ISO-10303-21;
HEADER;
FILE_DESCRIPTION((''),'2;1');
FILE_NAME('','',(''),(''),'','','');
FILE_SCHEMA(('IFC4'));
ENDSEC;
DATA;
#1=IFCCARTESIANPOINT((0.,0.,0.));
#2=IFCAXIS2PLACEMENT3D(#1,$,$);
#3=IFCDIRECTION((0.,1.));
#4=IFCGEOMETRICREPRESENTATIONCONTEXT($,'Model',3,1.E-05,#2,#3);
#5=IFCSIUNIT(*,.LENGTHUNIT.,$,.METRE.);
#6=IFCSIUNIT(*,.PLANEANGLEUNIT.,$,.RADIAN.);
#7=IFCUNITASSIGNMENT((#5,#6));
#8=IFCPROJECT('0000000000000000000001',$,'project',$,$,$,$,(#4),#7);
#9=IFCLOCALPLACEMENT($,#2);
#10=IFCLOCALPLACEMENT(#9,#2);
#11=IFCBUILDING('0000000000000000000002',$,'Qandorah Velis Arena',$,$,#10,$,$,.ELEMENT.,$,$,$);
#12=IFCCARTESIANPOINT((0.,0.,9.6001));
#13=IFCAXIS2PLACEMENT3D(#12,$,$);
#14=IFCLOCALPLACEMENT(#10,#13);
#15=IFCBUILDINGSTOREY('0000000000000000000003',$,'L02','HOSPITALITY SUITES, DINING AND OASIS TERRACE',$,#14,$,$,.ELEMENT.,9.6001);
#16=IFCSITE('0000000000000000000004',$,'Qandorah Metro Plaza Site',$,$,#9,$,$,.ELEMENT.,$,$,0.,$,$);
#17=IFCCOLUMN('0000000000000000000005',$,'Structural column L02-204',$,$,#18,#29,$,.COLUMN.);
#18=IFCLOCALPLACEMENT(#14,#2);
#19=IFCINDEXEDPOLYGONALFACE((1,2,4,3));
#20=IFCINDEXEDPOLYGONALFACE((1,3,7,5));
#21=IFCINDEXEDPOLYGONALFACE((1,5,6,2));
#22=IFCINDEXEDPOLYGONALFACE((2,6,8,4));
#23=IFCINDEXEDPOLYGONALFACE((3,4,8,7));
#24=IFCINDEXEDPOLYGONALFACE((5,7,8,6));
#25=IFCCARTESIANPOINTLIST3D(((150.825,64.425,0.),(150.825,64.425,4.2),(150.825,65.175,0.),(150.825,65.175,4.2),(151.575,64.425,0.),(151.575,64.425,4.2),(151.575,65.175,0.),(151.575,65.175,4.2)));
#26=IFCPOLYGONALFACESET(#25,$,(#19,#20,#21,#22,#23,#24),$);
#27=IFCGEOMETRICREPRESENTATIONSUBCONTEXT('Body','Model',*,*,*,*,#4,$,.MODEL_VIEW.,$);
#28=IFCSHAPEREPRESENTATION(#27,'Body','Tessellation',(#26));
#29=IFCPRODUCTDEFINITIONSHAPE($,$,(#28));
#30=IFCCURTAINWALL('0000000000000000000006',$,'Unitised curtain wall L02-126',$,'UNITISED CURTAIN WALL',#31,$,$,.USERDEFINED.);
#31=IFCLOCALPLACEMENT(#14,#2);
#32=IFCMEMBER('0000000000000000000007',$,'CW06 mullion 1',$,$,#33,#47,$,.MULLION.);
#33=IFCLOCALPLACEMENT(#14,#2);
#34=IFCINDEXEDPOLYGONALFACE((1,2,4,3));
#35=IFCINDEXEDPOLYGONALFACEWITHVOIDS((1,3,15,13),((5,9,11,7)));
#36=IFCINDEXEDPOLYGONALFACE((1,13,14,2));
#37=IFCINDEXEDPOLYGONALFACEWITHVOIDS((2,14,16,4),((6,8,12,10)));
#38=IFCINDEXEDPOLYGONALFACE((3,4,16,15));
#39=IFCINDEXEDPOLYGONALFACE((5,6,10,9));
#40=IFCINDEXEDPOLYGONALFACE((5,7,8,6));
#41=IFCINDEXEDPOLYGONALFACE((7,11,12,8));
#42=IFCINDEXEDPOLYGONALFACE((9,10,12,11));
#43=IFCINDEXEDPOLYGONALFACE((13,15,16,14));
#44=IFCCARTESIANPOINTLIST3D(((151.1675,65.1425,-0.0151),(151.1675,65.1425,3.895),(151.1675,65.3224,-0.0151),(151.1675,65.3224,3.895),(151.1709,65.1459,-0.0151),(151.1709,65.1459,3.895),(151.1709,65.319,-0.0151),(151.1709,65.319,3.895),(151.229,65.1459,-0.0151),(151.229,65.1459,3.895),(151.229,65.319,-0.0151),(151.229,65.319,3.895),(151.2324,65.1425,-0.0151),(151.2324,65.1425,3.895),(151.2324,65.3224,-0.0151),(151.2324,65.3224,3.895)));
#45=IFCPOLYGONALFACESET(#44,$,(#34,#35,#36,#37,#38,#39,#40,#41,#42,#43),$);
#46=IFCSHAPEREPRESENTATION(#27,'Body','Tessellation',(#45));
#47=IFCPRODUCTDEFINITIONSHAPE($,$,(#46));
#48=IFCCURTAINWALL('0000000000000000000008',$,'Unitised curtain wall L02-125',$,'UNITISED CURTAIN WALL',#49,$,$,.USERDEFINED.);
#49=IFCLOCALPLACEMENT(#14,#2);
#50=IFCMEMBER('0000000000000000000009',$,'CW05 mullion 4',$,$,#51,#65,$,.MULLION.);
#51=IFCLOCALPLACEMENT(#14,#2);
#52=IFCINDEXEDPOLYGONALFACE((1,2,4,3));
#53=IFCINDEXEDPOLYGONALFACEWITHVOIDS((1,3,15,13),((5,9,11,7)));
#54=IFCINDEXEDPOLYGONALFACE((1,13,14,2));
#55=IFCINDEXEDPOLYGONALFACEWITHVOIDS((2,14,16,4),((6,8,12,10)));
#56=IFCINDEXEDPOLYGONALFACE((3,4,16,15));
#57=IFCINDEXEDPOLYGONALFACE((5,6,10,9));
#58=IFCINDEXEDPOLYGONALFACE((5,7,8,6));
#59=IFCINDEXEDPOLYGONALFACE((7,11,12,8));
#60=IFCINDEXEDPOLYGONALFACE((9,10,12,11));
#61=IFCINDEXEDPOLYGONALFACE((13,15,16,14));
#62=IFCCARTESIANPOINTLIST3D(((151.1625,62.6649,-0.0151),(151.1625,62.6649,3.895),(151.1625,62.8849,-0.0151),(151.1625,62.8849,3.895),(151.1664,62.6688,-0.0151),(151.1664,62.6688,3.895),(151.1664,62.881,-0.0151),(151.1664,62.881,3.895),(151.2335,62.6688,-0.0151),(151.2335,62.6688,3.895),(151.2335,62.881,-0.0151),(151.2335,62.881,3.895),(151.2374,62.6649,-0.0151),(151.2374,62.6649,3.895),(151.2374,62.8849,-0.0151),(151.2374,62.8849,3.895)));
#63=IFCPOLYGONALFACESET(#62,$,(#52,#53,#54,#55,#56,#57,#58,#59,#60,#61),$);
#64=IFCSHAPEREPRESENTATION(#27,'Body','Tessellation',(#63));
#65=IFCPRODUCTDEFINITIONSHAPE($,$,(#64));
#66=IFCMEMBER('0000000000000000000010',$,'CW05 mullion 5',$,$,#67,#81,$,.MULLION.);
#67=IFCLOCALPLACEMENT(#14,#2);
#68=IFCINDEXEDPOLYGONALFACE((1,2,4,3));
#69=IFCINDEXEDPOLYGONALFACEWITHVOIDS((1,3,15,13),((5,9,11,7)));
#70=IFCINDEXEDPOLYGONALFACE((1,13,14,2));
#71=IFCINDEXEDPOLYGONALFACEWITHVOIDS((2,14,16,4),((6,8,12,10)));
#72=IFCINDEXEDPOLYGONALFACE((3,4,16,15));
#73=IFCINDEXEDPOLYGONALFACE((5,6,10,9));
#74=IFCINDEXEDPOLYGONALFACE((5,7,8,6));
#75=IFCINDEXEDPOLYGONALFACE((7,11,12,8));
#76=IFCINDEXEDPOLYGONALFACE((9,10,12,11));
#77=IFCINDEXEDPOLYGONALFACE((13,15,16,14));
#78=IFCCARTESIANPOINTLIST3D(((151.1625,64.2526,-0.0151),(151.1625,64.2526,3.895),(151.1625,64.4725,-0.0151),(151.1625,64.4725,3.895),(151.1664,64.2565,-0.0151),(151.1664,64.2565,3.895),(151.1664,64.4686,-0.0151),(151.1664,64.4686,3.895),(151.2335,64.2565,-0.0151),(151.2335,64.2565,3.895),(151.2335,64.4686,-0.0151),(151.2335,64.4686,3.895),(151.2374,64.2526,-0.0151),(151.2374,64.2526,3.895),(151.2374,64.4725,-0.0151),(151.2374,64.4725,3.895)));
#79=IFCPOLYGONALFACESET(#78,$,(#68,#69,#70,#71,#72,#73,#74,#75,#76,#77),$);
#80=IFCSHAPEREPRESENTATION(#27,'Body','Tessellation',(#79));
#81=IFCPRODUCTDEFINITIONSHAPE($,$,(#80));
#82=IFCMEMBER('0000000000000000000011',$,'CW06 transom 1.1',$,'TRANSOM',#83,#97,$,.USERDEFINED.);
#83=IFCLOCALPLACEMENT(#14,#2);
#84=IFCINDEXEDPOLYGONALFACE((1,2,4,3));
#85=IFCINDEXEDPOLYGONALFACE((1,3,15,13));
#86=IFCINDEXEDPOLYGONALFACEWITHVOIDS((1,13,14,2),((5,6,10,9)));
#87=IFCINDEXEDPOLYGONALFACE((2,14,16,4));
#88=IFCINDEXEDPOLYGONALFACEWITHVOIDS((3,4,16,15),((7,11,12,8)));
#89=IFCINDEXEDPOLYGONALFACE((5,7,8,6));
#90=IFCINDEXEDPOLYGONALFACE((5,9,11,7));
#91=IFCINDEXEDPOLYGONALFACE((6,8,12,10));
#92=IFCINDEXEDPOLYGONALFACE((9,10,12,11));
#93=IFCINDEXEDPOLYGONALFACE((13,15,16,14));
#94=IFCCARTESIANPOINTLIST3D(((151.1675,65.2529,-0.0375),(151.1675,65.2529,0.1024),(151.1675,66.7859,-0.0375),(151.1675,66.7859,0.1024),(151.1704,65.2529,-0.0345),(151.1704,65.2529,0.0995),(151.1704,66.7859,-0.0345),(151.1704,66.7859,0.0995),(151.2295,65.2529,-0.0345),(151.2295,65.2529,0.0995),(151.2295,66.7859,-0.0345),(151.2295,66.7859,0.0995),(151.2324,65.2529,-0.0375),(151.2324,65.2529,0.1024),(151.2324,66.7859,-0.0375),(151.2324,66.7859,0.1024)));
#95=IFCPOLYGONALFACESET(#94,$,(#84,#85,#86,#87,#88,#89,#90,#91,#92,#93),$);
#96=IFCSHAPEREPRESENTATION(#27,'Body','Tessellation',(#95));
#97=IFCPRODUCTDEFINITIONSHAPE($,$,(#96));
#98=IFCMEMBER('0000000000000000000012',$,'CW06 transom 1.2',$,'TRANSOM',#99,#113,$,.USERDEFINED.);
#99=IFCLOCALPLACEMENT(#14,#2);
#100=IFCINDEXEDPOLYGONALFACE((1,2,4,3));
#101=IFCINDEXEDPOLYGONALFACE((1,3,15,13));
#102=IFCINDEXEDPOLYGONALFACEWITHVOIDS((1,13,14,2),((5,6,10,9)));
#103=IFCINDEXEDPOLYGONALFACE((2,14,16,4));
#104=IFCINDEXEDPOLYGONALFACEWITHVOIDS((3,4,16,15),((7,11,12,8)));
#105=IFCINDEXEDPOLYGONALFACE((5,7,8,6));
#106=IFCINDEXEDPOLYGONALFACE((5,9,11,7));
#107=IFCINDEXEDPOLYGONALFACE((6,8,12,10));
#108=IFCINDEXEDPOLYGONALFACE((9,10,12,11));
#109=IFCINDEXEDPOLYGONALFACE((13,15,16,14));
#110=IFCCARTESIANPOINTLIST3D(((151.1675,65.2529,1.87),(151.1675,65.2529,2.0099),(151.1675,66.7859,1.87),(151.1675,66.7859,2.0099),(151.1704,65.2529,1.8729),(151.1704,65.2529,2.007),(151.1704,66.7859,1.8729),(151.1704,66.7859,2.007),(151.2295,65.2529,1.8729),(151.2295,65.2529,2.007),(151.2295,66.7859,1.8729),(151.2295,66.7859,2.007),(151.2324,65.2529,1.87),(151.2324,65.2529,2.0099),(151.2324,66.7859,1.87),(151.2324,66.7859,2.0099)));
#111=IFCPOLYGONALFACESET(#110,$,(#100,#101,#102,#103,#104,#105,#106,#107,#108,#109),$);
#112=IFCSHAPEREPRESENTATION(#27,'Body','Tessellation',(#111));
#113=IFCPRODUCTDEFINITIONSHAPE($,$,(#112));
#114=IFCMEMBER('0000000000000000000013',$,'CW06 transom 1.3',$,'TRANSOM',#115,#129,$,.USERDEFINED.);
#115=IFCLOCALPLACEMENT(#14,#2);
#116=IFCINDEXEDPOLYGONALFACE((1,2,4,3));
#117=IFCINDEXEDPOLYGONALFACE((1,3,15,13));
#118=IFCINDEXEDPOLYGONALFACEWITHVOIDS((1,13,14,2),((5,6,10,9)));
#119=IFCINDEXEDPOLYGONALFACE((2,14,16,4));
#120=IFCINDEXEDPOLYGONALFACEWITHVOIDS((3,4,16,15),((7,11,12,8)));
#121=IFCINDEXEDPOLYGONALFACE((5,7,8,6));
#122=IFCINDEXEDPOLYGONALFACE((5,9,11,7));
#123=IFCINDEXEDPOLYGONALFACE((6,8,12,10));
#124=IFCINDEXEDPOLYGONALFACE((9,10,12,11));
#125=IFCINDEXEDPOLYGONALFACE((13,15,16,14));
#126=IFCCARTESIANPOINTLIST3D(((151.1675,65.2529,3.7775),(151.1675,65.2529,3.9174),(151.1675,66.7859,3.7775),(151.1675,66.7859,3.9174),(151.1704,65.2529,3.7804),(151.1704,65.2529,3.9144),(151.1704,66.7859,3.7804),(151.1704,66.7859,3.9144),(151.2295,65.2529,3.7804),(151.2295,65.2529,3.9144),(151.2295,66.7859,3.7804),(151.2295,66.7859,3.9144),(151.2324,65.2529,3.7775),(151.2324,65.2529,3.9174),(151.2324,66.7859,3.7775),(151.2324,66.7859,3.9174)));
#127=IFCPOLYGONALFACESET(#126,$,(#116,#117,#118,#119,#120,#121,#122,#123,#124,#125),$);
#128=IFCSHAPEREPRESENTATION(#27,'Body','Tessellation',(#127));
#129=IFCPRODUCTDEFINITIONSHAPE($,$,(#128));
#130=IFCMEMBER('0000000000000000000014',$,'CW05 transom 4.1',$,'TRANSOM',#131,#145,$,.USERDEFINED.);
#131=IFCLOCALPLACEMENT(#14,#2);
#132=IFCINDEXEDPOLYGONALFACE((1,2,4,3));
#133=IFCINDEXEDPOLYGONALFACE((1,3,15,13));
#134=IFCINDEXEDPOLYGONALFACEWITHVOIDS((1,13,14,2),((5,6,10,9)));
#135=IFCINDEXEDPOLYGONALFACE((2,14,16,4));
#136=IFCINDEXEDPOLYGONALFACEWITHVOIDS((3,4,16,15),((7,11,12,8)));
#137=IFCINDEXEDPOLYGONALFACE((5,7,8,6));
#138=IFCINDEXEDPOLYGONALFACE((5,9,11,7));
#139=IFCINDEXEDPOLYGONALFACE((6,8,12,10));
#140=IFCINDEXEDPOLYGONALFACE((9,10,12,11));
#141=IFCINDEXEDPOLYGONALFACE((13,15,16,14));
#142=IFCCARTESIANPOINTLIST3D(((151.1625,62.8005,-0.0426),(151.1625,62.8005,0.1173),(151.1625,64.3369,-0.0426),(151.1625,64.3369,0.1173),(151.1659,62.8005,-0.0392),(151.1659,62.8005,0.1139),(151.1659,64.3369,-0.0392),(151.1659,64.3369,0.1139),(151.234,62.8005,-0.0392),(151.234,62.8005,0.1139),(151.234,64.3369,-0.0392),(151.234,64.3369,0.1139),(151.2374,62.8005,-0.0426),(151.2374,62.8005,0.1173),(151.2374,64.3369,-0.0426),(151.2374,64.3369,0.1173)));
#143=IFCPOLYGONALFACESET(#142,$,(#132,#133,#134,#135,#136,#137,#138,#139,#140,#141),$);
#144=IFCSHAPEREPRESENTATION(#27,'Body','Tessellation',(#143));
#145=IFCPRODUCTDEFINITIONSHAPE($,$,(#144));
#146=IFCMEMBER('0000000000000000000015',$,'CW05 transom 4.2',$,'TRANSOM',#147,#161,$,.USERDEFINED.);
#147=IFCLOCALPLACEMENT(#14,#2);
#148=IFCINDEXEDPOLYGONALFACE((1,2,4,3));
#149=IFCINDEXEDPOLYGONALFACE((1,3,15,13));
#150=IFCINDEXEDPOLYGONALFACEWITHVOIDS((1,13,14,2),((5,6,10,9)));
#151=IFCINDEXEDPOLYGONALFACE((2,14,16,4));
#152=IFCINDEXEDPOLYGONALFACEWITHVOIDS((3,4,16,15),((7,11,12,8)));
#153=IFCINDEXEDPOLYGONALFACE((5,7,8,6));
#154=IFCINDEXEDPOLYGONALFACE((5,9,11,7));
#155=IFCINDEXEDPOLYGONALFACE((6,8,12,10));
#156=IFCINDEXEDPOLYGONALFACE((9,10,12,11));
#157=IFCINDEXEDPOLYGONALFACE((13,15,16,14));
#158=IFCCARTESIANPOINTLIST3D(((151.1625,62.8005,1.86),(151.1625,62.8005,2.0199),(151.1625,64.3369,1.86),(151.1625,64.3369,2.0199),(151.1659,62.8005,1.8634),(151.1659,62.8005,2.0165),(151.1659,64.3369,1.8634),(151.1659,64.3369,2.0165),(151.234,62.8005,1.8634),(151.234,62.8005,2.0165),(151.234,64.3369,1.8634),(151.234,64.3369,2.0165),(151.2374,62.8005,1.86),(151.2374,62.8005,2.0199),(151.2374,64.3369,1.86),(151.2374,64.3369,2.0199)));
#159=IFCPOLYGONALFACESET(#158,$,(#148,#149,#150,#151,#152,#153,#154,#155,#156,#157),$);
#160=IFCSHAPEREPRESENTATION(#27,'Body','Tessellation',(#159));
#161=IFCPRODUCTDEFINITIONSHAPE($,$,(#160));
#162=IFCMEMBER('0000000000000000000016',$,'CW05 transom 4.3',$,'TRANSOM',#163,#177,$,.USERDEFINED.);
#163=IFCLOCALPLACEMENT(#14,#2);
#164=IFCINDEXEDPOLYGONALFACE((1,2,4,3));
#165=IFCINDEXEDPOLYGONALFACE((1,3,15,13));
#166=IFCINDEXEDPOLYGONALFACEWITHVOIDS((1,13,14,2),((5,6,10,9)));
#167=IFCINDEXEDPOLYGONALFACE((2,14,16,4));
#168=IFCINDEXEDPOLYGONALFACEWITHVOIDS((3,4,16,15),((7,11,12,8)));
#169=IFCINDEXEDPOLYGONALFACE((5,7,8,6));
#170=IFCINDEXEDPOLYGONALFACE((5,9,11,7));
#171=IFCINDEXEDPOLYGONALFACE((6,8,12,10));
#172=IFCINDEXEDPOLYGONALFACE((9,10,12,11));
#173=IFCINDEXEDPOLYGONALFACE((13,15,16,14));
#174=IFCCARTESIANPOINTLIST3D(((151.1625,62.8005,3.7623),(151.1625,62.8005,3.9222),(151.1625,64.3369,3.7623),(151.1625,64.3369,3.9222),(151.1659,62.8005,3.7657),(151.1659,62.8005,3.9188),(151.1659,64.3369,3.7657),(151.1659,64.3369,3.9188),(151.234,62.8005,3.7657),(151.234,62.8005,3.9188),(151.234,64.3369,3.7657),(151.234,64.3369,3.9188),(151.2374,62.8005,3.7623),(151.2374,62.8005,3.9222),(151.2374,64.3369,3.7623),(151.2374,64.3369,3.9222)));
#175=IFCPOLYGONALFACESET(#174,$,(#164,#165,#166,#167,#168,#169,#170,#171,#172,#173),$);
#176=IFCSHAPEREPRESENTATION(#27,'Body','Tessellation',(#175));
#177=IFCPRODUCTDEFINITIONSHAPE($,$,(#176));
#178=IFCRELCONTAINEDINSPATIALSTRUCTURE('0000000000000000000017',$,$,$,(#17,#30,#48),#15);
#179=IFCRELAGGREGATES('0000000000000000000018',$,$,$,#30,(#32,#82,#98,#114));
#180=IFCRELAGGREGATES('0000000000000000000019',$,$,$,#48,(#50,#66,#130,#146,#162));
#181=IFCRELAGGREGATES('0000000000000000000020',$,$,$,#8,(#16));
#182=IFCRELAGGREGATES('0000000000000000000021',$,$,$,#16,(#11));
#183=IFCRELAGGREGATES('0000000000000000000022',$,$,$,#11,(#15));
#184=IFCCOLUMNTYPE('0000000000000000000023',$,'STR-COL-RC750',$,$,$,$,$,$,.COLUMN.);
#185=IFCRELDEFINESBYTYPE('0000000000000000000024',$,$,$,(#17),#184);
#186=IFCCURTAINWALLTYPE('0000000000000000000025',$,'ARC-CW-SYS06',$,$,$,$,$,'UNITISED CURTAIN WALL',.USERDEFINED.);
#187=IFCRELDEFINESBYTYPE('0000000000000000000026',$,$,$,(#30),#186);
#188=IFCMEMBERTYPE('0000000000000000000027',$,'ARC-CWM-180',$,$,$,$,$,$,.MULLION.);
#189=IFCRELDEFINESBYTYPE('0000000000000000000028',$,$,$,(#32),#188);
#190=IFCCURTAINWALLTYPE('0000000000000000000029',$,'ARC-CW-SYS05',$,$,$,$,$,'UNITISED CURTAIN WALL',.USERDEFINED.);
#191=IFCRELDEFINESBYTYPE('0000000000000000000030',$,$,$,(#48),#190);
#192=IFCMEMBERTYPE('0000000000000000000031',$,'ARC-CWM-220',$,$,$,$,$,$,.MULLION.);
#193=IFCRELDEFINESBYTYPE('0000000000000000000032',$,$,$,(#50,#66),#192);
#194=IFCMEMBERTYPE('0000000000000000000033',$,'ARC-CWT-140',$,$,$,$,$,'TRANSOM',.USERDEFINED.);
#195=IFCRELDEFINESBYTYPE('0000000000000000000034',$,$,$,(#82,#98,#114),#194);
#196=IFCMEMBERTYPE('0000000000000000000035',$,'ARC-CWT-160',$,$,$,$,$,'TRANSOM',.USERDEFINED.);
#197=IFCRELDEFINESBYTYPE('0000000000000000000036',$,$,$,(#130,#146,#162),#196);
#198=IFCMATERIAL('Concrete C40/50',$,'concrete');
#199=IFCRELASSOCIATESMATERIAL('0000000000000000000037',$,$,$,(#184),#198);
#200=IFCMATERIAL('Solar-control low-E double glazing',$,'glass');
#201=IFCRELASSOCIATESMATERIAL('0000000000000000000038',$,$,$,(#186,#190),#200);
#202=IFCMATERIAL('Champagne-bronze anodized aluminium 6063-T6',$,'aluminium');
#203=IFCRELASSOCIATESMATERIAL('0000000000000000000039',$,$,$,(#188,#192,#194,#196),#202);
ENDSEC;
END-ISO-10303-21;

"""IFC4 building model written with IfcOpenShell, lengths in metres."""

from ifc_helpers import new_model, si_unit, direction, frame, origin, origin_2d, place, context, subcontext, project, spatial, rectangle, hollow_rectangle, extrude, material, material_profile, profile_set, type_object, element, aggregate, save


model = new_model("IFC4")

# Units and contexts
model_context = context("Model", 3, precision=1e-05, world=origin(), true_north=direction((0.0, 1.0)))
body_context = subcontext(model_context, "Body", "Model", "MODEL_VIEW")
ifc_project = project(units=[si_unit("LENGTHUNIT", "METRE"), si_unit("PLANEANGLEUNIT", "RADIAN")], contexts=[model_context])

# Site, building, storey
site_placement = place(None, origin())
site = spatial("IfcSite", under=ifc_project, at=site_placement, Name="Qandorah Metro Plaza Site", CompositionType="ELEMENT", RefElevation=0.0)
building_placement = place(site_placement, origin())
building = spatial("IfcBuilding", under=site, at=building_placement, Name="Qandorah Velis Arena", CompositionType="ELEMENT")
storey_placement = place(building_placement, frame((0.0, 0.0, 9.6001)))
storey = spatial("IfcBuildingStorey", under=building, at=storey_placement, Name="L02", Description="HOSPITALITY SUITES, DINING AND OASIS TERRACE", CompositionType="ELEMENT", Elevation=9.6001)

# Column
ifc_material_1 = material(Name="Concrete C40/50", Category="concrete")
ifc_material_profile_1 = material_profile(ifc_material_1, rectangle(XDim=0.75, YDim=0.75, at=origin_2d()), Name="RC COL 750x750")
ifc_profile_set_1 = profile_set([ifc_material_profile_1], Name="Concrete C40/50")
column_type = type_object("IfcColumnType", Name="STR-COL-RC750", PredefinedType="COLUMN", material=ifc_profile_set_1)
column_placement = place(storey_placement, frame((151.2, 64.8, 0.0), z_axis=(0.0, 0.0, 1.0), x_axis=(1.0, 0.0, 0.0)))
element("IfcColumn", 1, at=column_placement, inside=storey, type_object=column_type, Name="Structural column L02-204", PredefinedType="COLUMN", context=body_context, shape_type="SweptSolid", body=[
    extrude(rectangle(XDim=0.75, YDim=0.75, at=origin_2d()), origin(), (0.0, 0.0, 1.0), 4.2),
])

# Curtain wall, member
ifc_material_2 = material(Name="Solar-control low-E double glazing", Category="glass")
curtain_wall_type_1 = type_object("IfcCurtainWallType", Name="ARC-CW-SYS06", ElementType="UNITISED CURTAIN WALL", PredefinedType="USERDEFINED", material=ifc_material_2)
curtain_wall_1_placement = place(storey_placement, origin())
curtain_wall_1 = element("IfcCurtainWall", 2, at=curtain_wall_1_placement, inside=storey, type_object=curtain_wall_type_1, Name="Unitised curtain wall L02-126", ObjectType="UNITISED CURTAIN WALL", PredefinedType="USERDEFINED")
ifc_material_3 = material(Name="Champagne-bronze anodized aluminium 6063-T6", Category="aluminium")
ifc_material_profile_2 = material_profile(ifc_material_3, hollow_rectangle(XDim=0.0649, YDim=0.1799, WallThickness=0.0034, at=origin_2d()), Name="ALU MULLION 65x180")
ifc_profile_set_2 = profile_set([ifc_material_profile_2], Name="Champagne-bronze anodized aluminium 6063-T6")
member_type_1 = type_object("IfcMemberType", Name="ARC-CWM-180", PredefinedType="MULLION", material=ifc_profile_set_2)
member_1_placement = place(storey_placement, frame((151.2, 65.2324, -0.0151), z_axis=(0.0, 0.0, 1.0), x_axis=(-1.0, 0.0, 0.0)))
member_1 = element("IfcMember", 3, at=member_1_placement, type_object=member_type_1, Name="CW06 mullion 1", PredefinedType="MULLION", context=body_context, shape_type="SweptSolid", body=[
    extrude(hollow_rectangle(XDim=0.0649, YDim=0.1799, WallThickness=0.0034, at=origin_2d()), origin(), (0.0, 0.0, 1.0), 3.9102),
])

# Curtain wall, members
curtain_wall_type_2 = type_object("IfcCurtainWallType", Name="ARC-CW-SYS05", ElementType="UNITISED CURTAIN WALL", PredefinedType="USERDEFINED", material=ifc_material_2)
curtain_wall_2_placement = place(storey_placement, origin())
curtain_wall_2 = element("IfcCurtainWall", 4, at=curtain_wall_2_placement, inside=storey, type_object=curtain_wall_type_2, Name="Unitised curtain wall L02-125", ObjectType="UNITISED CURTAIN WALL", PredefinedType="USERDEFINED")
ifc_material_profile_3 = material_profile(ifc_material_3, hollow_rectangle(XDim=0.075, YDim=0.22, WallThickness=0.0039, at=origin_2d()), Name="ALU MULLION 75x220")
ifc_profile_set_3 = profile_set([ifc_material_profile_3], Name="Champagne-bronze anodized aluminium 6063-T6")
member_type_2 = type_object("IfcMemberType", Name="ARC-CWM-220", PredefinedType="MULLION", material=ifc_profile_set_3)
member_2_placement = place(storey_placement, frame((151.2, 62.7749, -0.0151), z_axis=(0.0, 0.0, 1.0), x_axis=(-1.0, 0.0, 0.0)))
member_2 = element("IfcMember", 5, at=member_2_placement, type_object=member_type_2, Name="CW05 mullion 4", PredefinedType="MULLION", context=body_context, shape_type="SweptSolid", body=[
    extrude(hollow_rectangle(XDim=0.075, YDim=0.22, WallThickness=0.0039, at=origin_2d()), origin(), (0.0, 0.0, 1.0), 3.9102),
])
member_3_placement = place(storey_placement, frame((151.2, 64.3625, -0.0151), z_axis=(0.0, 0.0, 1.0), x_axis=(-1.0, 0.0, 0.0)))
member_3 = element("IfcMember", 6, at=member_3_placement, type_object=member_type_2, Name="CW05 mullion 5", PredefinedType="MULLION", context=body_context, shape_type="SweptSolid", body=[
    extrude(hollow_rectangle(XDim=0.075, YDim=0.22, WallThickness=0.0039, at=origin_2d()), origin(), (0.0, 0.0, 1.0), 3.9102),
])

# Members
ifc_material_profile_4 = material_profile(ifc_material_3, hollow_rectangle(XDim=0.0649, YDim=0.1399, WallThickness=0.0029, at=origin_2d()), Name="ALU TRANSOM 65x140")
ifc_profile_set_4 = profile_set([ifc_material_profile_4], Name="Champagne-bronze anodized aluminium 6063-T6")
member_type_3 = type_object("IfcMemberType", Name="ARC-CWT-140", ElementType="TRANSOM", PredefinedType="USERDEFINED", material=ifc_profile_set_4)
member_4_placement = place(storey_placement, frame((151.2, 65.2529, 0.0325), z_axis=(0.0, 1.0, 0.0), x_axis=(-1.0, 0.0, 0.0)))
member_4 = element("IfcMember", 7, at=member_4_placement, type_object=member_type_3, Name="CW06 transom 1.1", ObjectType="TRANSOM", PredefinedType="USERDEFINED", context=body_context, shape_type="SweptSolid", body=[
    extrude(hollow_rectangle(XDim=0.0649, YDim=0.1399, WallThickness=0.0029, at=origin_2d()), origin(), (0.0, 0.0, 1.0), 1.533),
])
member_5_placement = place(storey_placement, frame((151.2, 65.2529, 1.9399), z_axis=(0.0, 1.0, 0.0), x_axis=(-1.0, 0.0, 0.0)))
member_5 = element("IfcMember", 8, at=member_5_placement, type_object=member_type_3, Name="CW06 transom 1.2", ObjectType="TRANSOM", PredefinedType="USERDEFINED", context=body_context, shape_type="SweptSolid", body=[
    extrude(hollow_rectangle(XDim=0.0649, YDim=0.1399, WallThickness=0.0029, at=origin_2d()), origin(), (0.0, 0.0, 1.0), 1.533),
])
member_6_placement = place(storey_placement, frame((151.2, 65.2529, 3.8474), z_axis=(0.0, 1.0, 0.0), x_axis=(-1.0, 0.0, 0.0)))
member_6 = element("IfcMember", 9, at=member_6_placement, type_object=member_type_3, Name="CW06 transom 1.3", ObjectType="TRANSOM", PredefinedType="USERDEFINED", context=body_context, shape_type="SweptSolid", body=[
    extrude(hollow_rectangle(XDim=0.0649, YDim=0.1399, WallThickness=0.0029, at=origin_2d()), origin(), (0.0, 0.0, 1.0), 1.533),
])
aggregate(curtain_wall_1, [member_1, member_4, member_5, member_6])
ifc_material_profile_5 = material_profile(ifc_material_3, hollow_rectangle(XDim=0.075, YDim=0.1599, WallThickness=0.0034, at=origin_2d()), Name="ALU TRANSOM 75x160")
ifc_profile_set_5 = profile_set([ifc_material_profile_5], Name="Champagne-bronze anodized aluminium 6063-T6")
member_type_4 = type_object("IfcMemberType", Name="ARC-CWT-160", ElementType="TRANSOM", PredefinedType="USERDEFINED", material=ifc_profile_set_5)
member_7_placement = place(storey_placement, frame((151.2, 62.8005, 0.0374), z_axis=(0.0, 1.0, 0.0), x_axis=(-1.0, 0.0, 0.0)))
member_7 = element("IfcMember", 10, at=member_7_placement, type_object=member_type_4, Name="CW05 transom 4.1", ObjectType="TRANSOM", PredefinedType="USERDEFINED", context=body_context, shape_type="SweptSolid", body=[
    extrude(hollow_rectangle(XDim=0.075, YDim=0.1599, WallThickness=0.0034, at=origin_2d()), origin(), (0.0, 0.0, 1.0), 1.5364),
])
member_8_placement = place(storey_placement, frame((151.2, 62.8005, 1.9399), z_axis=(0.0, 1.0, 0.0), x_axis=(-1.0, 0.0, 0.0)))
member_8 = element("IfcMember", 11, at=member_8_placement, type_object=member_type_4, Name="CW05 transom 4.2", ObjectType="TRANSOM", PredefinedType="USERDEFINED", context=body_context, shape_type="SweptSolid", body=[
    extrude(hollow_rectangle(XDim=0.075, YDim=0.1599, WallThickness=0.0034, at=origin_2d()), origin(), (0.0, 0.0, 1.0), 1.5364),
])
member_9_placement = place(storey_placement, frame((151.2, 62.8005, 3.8423), z_axis=(0.0, 1.0, 0.0), x_axis=(-1.0, 0.0, 0.0)))
member_9 = element("IfcMember", 12, at=member_9_placement, type_object=member_type_4, Name="CW05 transom 4.3", ObjectType="TRANSOM", PredefinedType="USERDEFINED", context=body_context, shape_type="SweptSolid", body=[
    extrude(hollow_rectangle(XDim=0.075, YDim=0.1599, WallThickness=0.0034, at=origin_2d()), origin(), (0.0, 0.0, 1.0), 1.5364),
])

aggregate(curtain_wall_2, [member_2, member_3, member_7, member_8, member_9])

save(model, "model.ifc")
